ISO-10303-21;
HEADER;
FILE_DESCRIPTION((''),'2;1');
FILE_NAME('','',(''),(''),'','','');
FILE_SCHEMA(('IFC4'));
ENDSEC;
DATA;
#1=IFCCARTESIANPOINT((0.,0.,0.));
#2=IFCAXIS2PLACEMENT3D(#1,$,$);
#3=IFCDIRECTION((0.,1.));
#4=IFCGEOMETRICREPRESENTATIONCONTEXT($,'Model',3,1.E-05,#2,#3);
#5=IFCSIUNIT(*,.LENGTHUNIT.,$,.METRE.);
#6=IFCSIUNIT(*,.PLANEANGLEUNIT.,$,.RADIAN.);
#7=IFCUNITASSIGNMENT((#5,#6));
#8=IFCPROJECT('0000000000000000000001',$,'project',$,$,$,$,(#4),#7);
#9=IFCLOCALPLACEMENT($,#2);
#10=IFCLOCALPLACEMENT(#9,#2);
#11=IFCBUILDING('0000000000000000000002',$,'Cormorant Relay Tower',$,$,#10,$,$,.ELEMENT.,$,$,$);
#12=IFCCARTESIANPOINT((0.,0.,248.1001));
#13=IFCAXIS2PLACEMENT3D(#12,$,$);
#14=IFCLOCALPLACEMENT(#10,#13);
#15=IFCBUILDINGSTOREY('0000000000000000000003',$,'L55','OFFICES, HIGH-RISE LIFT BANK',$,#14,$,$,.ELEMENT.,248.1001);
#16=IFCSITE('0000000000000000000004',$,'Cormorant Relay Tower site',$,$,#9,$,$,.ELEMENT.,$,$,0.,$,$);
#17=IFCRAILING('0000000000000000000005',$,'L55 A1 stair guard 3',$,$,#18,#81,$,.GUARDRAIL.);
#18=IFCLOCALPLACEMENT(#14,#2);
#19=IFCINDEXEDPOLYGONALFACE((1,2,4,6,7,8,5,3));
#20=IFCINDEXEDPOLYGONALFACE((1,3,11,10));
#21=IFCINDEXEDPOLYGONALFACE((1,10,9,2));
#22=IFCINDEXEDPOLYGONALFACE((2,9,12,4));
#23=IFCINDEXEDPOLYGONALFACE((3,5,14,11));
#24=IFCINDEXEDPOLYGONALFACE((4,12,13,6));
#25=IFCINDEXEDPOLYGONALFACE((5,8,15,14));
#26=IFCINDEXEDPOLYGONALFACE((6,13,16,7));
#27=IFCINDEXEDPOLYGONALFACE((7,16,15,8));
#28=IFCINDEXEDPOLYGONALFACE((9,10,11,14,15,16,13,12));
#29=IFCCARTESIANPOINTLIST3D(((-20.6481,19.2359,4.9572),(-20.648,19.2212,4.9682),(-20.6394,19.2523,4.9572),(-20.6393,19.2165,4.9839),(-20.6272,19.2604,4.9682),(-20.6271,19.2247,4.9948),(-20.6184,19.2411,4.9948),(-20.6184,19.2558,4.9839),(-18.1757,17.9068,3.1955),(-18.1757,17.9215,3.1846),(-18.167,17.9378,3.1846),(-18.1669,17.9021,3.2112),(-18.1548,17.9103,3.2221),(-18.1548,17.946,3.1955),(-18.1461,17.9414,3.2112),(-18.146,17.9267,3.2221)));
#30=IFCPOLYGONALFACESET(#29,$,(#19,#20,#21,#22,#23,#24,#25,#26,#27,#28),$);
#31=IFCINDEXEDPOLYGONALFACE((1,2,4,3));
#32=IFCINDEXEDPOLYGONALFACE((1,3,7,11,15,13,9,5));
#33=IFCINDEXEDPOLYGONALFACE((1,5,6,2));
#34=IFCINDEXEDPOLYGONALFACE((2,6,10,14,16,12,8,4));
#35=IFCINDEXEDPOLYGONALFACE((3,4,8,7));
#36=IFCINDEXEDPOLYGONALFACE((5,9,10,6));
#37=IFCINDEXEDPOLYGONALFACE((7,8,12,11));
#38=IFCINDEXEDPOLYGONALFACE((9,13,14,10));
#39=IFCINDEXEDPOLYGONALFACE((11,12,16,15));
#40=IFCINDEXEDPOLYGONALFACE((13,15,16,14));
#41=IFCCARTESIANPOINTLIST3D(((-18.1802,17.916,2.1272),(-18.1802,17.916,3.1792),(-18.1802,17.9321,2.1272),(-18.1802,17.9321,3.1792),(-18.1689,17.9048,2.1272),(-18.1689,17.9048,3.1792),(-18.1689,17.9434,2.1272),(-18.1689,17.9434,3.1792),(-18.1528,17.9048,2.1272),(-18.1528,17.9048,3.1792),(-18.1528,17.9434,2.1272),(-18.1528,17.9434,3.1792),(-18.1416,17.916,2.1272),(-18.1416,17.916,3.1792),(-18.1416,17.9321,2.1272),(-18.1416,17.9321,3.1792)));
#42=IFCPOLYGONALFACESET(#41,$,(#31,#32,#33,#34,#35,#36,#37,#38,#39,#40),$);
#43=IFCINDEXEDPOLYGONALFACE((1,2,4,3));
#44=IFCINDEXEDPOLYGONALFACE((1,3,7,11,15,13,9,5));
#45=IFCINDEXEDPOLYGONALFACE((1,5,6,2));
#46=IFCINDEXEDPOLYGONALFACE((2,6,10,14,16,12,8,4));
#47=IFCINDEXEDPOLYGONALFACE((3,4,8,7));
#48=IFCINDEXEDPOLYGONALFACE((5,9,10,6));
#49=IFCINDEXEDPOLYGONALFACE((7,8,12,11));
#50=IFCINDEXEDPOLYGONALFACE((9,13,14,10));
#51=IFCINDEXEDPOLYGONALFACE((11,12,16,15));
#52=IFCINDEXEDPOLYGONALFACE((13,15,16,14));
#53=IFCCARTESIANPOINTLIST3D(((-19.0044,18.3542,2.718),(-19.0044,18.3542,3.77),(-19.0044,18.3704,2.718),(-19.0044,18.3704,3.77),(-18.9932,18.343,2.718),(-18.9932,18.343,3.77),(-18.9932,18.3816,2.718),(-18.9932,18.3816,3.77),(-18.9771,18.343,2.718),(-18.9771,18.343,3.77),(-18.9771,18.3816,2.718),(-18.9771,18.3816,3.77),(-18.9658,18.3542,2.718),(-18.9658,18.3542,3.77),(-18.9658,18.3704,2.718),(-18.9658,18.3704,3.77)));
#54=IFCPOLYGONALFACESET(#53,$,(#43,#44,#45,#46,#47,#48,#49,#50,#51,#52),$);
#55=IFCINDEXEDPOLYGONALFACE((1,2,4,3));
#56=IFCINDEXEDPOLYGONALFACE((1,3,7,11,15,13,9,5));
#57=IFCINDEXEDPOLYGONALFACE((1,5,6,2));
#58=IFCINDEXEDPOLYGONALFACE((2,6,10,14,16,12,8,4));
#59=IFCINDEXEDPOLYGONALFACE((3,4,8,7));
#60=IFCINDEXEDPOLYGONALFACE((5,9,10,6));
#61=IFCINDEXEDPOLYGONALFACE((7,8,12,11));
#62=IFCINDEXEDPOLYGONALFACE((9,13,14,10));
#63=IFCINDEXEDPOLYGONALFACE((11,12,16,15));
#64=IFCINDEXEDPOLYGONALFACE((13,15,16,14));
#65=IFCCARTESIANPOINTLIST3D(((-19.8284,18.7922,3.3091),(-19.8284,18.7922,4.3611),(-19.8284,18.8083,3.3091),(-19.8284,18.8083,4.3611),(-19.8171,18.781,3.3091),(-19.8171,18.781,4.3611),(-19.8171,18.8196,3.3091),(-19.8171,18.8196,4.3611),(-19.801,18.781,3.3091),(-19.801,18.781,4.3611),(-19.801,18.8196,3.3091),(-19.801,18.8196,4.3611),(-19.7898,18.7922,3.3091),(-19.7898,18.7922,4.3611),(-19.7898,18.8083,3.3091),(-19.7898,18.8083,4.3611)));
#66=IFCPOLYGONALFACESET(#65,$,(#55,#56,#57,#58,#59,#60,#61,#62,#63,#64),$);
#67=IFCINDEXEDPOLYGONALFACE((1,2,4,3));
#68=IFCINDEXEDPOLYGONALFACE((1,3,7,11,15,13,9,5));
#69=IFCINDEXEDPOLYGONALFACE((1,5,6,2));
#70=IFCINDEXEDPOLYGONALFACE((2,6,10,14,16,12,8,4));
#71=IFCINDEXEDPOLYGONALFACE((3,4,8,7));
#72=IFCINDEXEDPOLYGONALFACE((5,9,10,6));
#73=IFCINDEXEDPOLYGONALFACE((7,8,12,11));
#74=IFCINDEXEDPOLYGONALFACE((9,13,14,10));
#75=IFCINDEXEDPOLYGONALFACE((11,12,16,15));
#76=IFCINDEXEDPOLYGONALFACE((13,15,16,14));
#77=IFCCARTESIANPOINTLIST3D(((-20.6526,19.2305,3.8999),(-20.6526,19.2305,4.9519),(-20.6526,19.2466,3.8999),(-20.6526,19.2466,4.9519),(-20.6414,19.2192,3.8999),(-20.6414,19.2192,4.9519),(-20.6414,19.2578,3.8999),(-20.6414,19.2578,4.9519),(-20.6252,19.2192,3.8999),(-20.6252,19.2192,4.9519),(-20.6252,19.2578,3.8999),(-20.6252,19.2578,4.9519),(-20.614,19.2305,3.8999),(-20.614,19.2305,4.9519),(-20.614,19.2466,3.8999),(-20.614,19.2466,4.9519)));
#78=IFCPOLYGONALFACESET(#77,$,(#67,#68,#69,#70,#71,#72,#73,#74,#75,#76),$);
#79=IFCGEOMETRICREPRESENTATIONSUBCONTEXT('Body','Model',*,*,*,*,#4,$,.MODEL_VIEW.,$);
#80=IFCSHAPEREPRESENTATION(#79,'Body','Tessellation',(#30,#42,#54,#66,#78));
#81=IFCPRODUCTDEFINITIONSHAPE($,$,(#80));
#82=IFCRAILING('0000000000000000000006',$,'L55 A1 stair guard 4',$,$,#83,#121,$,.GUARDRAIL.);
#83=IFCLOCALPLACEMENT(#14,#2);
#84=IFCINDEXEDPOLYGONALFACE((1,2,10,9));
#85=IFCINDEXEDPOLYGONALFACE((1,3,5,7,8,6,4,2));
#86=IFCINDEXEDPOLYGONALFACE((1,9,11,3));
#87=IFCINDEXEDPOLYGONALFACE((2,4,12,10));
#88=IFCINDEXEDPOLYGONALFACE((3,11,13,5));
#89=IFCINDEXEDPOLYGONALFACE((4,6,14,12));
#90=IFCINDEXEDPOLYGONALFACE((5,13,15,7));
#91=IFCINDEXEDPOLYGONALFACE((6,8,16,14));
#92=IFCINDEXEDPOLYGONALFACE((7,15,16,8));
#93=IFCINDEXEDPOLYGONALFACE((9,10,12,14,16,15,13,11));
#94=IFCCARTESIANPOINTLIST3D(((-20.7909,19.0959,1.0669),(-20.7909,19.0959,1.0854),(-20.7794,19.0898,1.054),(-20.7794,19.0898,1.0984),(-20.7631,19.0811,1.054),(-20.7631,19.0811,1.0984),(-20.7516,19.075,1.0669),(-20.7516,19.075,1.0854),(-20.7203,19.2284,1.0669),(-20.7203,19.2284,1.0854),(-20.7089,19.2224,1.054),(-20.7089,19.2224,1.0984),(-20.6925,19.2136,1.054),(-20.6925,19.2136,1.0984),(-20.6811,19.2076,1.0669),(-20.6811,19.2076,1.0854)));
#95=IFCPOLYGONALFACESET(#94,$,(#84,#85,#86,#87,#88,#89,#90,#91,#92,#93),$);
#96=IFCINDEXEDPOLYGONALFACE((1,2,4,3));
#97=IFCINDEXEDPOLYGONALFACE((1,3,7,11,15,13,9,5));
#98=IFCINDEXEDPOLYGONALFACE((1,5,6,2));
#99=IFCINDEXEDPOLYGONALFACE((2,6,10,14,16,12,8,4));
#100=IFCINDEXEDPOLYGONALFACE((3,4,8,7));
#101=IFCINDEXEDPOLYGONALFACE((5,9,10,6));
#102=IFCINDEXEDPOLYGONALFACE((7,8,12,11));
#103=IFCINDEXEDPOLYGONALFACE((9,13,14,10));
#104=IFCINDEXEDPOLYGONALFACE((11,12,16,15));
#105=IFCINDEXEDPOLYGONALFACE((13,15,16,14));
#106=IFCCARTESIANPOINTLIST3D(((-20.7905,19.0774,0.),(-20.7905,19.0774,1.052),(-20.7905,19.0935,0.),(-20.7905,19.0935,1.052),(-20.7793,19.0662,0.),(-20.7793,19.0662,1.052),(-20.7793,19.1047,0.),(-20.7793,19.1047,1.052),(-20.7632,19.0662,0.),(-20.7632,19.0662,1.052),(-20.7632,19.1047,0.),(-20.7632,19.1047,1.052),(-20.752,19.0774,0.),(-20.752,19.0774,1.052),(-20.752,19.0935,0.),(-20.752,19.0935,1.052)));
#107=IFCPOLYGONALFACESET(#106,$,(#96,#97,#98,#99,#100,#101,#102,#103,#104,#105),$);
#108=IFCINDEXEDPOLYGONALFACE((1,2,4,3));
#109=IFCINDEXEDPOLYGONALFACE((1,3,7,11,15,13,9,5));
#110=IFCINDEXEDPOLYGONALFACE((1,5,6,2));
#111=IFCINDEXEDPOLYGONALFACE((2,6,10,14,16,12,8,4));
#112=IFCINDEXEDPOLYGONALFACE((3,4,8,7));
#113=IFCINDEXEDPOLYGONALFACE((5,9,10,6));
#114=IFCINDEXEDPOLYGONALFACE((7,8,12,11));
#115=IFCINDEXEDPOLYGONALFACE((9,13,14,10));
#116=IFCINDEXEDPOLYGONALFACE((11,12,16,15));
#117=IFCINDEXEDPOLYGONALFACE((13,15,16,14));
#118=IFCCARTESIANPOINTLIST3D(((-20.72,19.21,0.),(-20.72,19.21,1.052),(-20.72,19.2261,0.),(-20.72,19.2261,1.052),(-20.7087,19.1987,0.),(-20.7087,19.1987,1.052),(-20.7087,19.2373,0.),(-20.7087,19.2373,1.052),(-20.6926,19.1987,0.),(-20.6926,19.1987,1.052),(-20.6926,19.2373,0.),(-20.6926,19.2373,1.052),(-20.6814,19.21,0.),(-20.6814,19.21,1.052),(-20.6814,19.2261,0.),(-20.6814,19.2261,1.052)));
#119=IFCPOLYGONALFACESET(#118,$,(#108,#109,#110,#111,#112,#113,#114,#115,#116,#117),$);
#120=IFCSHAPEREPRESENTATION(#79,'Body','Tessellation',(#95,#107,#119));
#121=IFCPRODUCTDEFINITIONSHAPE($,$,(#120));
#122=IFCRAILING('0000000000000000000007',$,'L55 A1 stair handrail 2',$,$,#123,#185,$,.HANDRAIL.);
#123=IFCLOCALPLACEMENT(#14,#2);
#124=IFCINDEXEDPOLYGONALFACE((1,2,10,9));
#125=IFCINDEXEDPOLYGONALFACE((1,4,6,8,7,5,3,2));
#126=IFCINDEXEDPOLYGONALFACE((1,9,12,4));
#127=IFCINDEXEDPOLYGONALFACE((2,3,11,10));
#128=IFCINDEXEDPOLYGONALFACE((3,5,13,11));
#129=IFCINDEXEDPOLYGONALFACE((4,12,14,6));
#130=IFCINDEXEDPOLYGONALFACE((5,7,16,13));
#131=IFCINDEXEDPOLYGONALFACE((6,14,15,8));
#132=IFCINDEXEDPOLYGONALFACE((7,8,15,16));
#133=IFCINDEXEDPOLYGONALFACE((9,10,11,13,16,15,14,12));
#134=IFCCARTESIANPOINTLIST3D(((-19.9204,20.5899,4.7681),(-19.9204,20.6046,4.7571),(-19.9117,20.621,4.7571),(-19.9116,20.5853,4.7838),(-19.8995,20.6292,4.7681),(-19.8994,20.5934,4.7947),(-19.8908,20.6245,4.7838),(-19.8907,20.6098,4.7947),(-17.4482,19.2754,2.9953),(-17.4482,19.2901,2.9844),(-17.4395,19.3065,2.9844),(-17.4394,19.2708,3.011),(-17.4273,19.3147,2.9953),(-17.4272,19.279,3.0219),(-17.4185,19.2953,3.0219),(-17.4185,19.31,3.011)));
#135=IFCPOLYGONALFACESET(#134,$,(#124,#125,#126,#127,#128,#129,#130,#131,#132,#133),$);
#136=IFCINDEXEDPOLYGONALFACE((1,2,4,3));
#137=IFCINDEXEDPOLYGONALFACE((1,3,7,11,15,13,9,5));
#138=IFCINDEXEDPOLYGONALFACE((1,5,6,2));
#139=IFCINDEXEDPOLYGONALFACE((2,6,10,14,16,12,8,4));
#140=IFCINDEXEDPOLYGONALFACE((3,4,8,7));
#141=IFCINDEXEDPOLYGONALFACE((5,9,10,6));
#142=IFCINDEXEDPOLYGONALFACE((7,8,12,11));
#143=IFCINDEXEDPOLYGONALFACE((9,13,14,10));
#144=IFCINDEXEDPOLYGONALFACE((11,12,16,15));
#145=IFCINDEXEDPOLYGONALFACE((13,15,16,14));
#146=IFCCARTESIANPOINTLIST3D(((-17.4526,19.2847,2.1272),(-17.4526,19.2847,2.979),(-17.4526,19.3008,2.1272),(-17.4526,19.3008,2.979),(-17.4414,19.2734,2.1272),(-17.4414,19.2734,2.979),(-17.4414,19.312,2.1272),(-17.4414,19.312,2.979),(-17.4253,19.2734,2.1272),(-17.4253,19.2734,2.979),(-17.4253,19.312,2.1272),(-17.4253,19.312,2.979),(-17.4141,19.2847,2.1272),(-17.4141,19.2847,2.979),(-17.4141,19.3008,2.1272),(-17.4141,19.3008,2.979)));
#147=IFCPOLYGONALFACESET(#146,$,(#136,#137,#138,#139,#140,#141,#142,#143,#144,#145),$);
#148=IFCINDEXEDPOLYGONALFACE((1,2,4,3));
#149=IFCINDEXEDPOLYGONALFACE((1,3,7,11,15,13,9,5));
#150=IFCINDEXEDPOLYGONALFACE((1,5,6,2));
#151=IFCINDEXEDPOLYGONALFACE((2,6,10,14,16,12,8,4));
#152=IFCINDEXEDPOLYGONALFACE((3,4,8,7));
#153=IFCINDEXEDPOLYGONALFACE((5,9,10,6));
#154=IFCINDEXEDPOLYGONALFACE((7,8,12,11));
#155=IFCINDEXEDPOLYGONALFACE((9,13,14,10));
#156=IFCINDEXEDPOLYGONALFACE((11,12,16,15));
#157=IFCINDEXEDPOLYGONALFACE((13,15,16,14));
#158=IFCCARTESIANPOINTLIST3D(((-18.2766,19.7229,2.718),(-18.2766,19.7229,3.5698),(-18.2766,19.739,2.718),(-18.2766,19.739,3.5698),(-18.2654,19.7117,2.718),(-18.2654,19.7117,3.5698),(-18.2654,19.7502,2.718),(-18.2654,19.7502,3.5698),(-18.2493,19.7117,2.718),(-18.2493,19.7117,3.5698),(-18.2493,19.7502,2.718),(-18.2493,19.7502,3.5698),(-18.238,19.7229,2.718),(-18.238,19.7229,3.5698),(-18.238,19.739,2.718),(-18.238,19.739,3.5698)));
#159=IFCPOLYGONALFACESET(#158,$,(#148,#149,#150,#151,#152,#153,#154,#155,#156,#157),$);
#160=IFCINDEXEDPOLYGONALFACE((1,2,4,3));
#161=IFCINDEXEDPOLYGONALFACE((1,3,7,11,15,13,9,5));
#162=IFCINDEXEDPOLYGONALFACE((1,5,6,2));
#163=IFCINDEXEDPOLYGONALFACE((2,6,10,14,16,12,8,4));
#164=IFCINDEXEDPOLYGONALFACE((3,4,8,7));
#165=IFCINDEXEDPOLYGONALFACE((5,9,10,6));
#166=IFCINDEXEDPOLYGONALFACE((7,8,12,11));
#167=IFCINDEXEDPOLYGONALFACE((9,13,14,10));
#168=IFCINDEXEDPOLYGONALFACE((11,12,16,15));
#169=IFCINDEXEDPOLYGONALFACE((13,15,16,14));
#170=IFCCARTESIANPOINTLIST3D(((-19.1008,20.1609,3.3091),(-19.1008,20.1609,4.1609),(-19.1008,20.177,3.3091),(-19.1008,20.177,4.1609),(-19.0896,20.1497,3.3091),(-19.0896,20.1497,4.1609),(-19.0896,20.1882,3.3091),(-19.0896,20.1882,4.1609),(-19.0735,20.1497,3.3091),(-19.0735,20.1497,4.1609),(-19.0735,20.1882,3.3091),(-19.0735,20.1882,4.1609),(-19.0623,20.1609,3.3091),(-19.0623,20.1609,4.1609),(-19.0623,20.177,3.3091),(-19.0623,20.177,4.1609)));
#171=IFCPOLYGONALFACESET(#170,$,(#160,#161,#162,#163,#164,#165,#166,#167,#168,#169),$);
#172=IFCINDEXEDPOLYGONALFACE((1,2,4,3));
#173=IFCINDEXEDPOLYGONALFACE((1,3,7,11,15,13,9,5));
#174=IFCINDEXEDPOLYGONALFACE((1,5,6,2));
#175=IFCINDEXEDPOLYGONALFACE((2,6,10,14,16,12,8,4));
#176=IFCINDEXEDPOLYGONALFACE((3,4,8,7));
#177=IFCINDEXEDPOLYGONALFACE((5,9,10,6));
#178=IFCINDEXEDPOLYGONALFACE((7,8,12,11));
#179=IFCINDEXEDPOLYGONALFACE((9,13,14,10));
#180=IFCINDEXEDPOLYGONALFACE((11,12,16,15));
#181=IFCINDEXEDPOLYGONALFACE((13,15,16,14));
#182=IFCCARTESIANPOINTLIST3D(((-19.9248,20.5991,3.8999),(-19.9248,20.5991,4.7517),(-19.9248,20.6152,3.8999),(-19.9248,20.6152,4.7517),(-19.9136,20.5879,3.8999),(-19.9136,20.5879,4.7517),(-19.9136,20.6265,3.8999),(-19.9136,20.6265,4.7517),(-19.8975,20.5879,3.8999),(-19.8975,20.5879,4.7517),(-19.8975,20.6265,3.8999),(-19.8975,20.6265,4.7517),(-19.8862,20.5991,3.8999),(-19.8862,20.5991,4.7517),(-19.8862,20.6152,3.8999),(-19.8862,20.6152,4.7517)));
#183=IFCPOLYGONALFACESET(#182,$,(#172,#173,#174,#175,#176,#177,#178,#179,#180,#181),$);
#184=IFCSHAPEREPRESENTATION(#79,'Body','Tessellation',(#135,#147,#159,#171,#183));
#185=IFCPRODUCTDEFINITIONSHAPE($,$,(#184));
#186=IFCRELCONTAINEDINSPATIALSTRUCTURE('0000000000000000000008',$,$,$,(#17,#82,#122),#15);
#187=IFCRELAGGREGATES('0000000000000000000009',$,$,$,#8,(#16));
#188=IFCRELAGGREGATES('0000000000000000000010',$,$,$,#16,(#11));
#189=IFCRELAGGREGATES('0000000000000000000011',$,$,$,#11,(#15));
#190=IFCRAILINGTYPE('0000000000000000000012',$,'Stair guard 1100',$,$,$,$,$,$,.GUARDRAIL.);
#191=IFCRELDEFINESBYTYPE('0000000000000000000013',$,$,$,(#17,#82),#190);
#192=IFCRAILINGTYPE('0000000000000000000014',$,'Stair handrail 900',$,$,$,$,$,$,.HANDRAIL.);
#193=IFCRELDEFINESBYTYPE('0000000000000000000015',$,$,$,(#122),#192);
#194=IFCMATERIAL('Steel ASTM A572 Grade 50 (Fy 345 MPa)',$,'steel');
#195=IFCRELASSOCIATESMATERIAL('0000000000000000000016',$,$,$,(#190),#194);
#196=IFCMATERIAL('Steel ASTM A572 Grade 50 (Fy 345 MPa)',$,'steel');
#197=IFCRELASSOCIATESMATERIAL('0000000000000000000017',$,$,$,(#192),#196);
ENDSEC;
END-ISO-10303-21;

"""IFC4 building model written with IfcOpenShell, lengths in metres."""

from ifc_helpers import new_model, si_unit, direction, frame, origin, place, context, subcontext, project, spatial, polyline, outline, extrude, material, type_object, element, save


model = new_model("IFC4")

# Units and contexts
model_context = context("Model", 3, precision=1e-05, world=origin(), true_north=direction((0.0, 1.0)))
body_context = subcontext(model_context, "Body", "Model", "MODEL_VIEW")
ifc_project = project(units=[si_unit("LENGTHUNIT", "METRE"), si_unit("PLANEANGLEUNIT", "RADIAN")], contexts=[model_context])

# Site, building, storey
site_placement = place(None, origin())
site = spatial("IfcSite", under=ifc_project, at=site_placement, Name="Cormorant Relay Tower site", CompositionType="ELEMENT", RefElevation=0.0)
building_placement = place(site_placement, origin())
building = spatial("IfcBuilding", under=site, at=building_placement, Name="Cormorant Relay Tower", CompositionType="ELEMENT")
storey_placement = place(building_placement, frame((0.0, 0.0, 248.1001)))
storey = spatial("IfcBuildingStorey", under=building, at=storey_placement, Name="L55", Description="OFFICES, HIGH-RISE LIFT BANK", CompositionType="ELEMENT", Elevation=248.1001)

# Railings
ifc_material_1 = material(Name="Steel ASTM A572 Grade 50 (Fy 345 MPa)", Category="steel")
railing_type_1 = type_object("IfcRailingType", Name="Stair guard 1100", PredefinedType="GUARDRAIL", material=ifc_material_1)
railing_1_placement = place(storey_placement, frame((-18.1609, 17.9241, 2.1272)))
element("IfcRailing", 1, at=railing_1_placement, inside=storey, type_object=railing_type_1, Name="L55 A1 stair guard 3", PredefinedType="GUARDRAIL", context=body_context, shape_type="SweptSolid", body=[
    extrude(outline(polyline([(0.0222, 0.0093), (0.0093, 0.0222), (-0.0093, 0.0222), (-0.0222, 0.0093), (-0.0222, -0.0093), (-0.0093, -0.0222), (0.0093, -0.0222), (0.0222, -0.0093), (0.0222, 0.0093)])), frame((0.0, 0.0, 1.0762), z_axis=(-0.746034, 0.396627, 0.534902), x_axis=(-0.469429, -0.88297, 0.0)), (0.0, 0.0, 1.0), 3.314),
    extrude(outline(polyline([(0.0193, 0.0081), (0.0081, 0.0193), (-0.0081, 0.0193), (-0.0193, 0.0081), (-0.0193, -0.0081), (-0.0081, -0.0193), (0.0081, -0.0193), (0.0193, -0.0081), (0.0193, 0.0081)])), origin(), (0.0, 0.0, 1.0), 1.052),
    extrude(outline(polyline([(0.0193, 0.0081), (0.0081, 0.0193), (-0.0081, 0.0193), (-0.0193, 0.0081), (-0.0193, -0.0081), (-0.0081, -0.0193), (0.0081, -0.0193), (0.0193, -0.0081), (0.0193, 0.0081)])), frame((-0.8242, 0.4382, 0.5908)), (0.0, 0.0, 1.0), 1.052),
    extrude(outline(polyline([(0.0193, 0.0081), (0.0081, 0.0193), (-0.0081, 0.0193), (-0.0193, 0.0081), (-0.0193, -0.0081), (-0.0081, -0.0193), (0.0081, -0.0193), (0.0193, -0.0081), (0.0193, 0.0081)])), frame((-1.6482, 0.8762, 1.1819)), (0.0, 0.0, 1.0), 1.052),
    extrude(outline(polyline([(0.0193, 0.0081), (0.0081, 0.0193), (-0.0081, 0.0193), (-0.0193, 0.0081), (-0.0193, -0.0081), (-0.0081, -0.0193), (0.0081, -0.0193), (0.0193, -0.0081), (0.0193, 0.0081)])), frame((-2.4724, 1.3145, 1.7727)), (0.0, 0.0, 1.0), 1.052),
])
railing_2_placement = place(storey_placement, frame((-20.7712, 19.0854, 0.0)))
element("IfcRailing", 2, at=railing_2_placement, inside=storey, type_object=railing_type_1, Name="L55 A1 stair guard 4", PredefinedType="GUARDRAIL", context=body_context, shape_type="SweptSolid", body=[
    extrude(outline(polyline([(0.0222, 0.0093), (0.0093, 0.0222), (-0.0093, 0.0222), (-0.0222, 0.0093), (-0.0222, -0.0093), (-0.0093, -0.0222), (0.0093, -0.0222), (0.0222, -0.0093), (0.0222, 0.0093)])), frame((0.0, 0.0, 1.0762), z_axis=(0.469829, 0.882758, 0.0), x_axis=(-0.882758, 0.469829, 0.0)), (0.0, 0.0, 1.0), 0.1501),
    extrude(outline(polyline([(0.0193, 0.0081), (0.0081, 0.0193), (-0.0081, 0.0193), (-0.0193, 0.0081), (-0.0193, -0.0081), (-0.0081, -0.0193), (0.0081, -0.0193), (0.0193, -0.0081), (0.0193, 0.0081)])), origin(), (0.0, 0.0, 1.0), 1.052),
    extrude(outline(polyline([(0.0193, 0.0081), (0.0081, 0.0193), (-0.0081, 0.0193), (-0.0193, 0.0081), (-0.0193, -0.0081), (-0.0081, -0.0193), (0.0081, -0.0193), (0.0193, -0.0081), (0.0193, 0.0081)])), frame((0.0706, 0.1326, 0.0)), (0.0, 0.0, 1.0), 1.052),
])
ifc_material_2 = material(Name="Steel ASTM A572 Grade 50 (Fy 345 MPa)", Category="steel")
railing_type_2 = type_object("IfcRailingType", Name="Stair handrail 900", PredefinedType="HANDRAIL", material=ifc_material_2)
railing_3_placement = place(storey_placement, frame((-17.4333, 19.2927, 2.1272)))
element("IfcRailing", 3, at=railing_3_placement, inside=storey, type_object=railing_type_2, Name="L55 A1 stair handrail 2", PredefinedType="HANDRAIL", context=body_context, shape_type="SweptSolid", body=[
    extrude(outline(polyline([(0.0222, 0.0093), (0.0093, 0.0222), (-0.0093, 0.0222), (-0.0222, 0.0093), (-0.0222, -0.0093), (-0.0093, -0.0222), (0.0093, -0.0222), (0.0222, -0.0093), (0.0222, 0.0093)])), frame((0.0, 0.0, 0.876), z_axis=(-0.746001, 0.396649, 0.534931), x_axis=(-0.469465, -0.882951, 0.0)), (0.0, 0.0, 1.0), 3.314),
    extrude(outline(polyline([(0.0193, 0.0081), (0.0081, 0.0193), (-0.0081, 0.0193), (-0.0193, 0.0081), (-0.0193, -0.0081), (-0.0081, -0.0193), (0.0081, -0.0193), (0.0193, -0.0081), (0.0193, 0.0081)])), origin(), (0.0, 0.0, 1.0), 0.8518),
    extrude(outline(polyline([(0.0193, 0.0081), (0.0081, 0.0193), (-0.0081, 0.0193), (-0.0193, 0.0081), (-0.0193, -0.0081), (-0.0081, -0.0193), (0.0081, -0.0193), (0.0193, -0.0081), (0.0193, 0.0081)])), frame((-0.824, 0.4382, 0.5908)), (0.0, 0.0, 1.0), 0.8518),
    extrude(outline(polyline([(0.0193, 0.0081), (0.0081, 0.0193), (-0.0081, 0.0193), (-0.0193, 0.0081), (-0.0193, -0.0081), (-0.0081, -0.0193), (0.0081, -0.0193), (0.0193, -0.0081), (0.0193, 0.0081)])), frame((-1.6482, 0.8762, 1.1819)), (0.0, 0.0, 1.0), 0.8518),
    extrude(outline(polyline([(0.0193, 0.0081), (0.0081, 0.0193), (-0.0081, 0.0193), (-0.0193, 0.0081), (-0.0193, -0.0081), (-0.0081, -0.0193), (0.0081, -0.0193), (0.0193, -0.0081), (0.0193, 0.0081)])), frame((-2.4722, 1.3145, 1.7727)), (0.0, 0.0, 1.0), 0.8518),
])

save(model, "model.ifc")
